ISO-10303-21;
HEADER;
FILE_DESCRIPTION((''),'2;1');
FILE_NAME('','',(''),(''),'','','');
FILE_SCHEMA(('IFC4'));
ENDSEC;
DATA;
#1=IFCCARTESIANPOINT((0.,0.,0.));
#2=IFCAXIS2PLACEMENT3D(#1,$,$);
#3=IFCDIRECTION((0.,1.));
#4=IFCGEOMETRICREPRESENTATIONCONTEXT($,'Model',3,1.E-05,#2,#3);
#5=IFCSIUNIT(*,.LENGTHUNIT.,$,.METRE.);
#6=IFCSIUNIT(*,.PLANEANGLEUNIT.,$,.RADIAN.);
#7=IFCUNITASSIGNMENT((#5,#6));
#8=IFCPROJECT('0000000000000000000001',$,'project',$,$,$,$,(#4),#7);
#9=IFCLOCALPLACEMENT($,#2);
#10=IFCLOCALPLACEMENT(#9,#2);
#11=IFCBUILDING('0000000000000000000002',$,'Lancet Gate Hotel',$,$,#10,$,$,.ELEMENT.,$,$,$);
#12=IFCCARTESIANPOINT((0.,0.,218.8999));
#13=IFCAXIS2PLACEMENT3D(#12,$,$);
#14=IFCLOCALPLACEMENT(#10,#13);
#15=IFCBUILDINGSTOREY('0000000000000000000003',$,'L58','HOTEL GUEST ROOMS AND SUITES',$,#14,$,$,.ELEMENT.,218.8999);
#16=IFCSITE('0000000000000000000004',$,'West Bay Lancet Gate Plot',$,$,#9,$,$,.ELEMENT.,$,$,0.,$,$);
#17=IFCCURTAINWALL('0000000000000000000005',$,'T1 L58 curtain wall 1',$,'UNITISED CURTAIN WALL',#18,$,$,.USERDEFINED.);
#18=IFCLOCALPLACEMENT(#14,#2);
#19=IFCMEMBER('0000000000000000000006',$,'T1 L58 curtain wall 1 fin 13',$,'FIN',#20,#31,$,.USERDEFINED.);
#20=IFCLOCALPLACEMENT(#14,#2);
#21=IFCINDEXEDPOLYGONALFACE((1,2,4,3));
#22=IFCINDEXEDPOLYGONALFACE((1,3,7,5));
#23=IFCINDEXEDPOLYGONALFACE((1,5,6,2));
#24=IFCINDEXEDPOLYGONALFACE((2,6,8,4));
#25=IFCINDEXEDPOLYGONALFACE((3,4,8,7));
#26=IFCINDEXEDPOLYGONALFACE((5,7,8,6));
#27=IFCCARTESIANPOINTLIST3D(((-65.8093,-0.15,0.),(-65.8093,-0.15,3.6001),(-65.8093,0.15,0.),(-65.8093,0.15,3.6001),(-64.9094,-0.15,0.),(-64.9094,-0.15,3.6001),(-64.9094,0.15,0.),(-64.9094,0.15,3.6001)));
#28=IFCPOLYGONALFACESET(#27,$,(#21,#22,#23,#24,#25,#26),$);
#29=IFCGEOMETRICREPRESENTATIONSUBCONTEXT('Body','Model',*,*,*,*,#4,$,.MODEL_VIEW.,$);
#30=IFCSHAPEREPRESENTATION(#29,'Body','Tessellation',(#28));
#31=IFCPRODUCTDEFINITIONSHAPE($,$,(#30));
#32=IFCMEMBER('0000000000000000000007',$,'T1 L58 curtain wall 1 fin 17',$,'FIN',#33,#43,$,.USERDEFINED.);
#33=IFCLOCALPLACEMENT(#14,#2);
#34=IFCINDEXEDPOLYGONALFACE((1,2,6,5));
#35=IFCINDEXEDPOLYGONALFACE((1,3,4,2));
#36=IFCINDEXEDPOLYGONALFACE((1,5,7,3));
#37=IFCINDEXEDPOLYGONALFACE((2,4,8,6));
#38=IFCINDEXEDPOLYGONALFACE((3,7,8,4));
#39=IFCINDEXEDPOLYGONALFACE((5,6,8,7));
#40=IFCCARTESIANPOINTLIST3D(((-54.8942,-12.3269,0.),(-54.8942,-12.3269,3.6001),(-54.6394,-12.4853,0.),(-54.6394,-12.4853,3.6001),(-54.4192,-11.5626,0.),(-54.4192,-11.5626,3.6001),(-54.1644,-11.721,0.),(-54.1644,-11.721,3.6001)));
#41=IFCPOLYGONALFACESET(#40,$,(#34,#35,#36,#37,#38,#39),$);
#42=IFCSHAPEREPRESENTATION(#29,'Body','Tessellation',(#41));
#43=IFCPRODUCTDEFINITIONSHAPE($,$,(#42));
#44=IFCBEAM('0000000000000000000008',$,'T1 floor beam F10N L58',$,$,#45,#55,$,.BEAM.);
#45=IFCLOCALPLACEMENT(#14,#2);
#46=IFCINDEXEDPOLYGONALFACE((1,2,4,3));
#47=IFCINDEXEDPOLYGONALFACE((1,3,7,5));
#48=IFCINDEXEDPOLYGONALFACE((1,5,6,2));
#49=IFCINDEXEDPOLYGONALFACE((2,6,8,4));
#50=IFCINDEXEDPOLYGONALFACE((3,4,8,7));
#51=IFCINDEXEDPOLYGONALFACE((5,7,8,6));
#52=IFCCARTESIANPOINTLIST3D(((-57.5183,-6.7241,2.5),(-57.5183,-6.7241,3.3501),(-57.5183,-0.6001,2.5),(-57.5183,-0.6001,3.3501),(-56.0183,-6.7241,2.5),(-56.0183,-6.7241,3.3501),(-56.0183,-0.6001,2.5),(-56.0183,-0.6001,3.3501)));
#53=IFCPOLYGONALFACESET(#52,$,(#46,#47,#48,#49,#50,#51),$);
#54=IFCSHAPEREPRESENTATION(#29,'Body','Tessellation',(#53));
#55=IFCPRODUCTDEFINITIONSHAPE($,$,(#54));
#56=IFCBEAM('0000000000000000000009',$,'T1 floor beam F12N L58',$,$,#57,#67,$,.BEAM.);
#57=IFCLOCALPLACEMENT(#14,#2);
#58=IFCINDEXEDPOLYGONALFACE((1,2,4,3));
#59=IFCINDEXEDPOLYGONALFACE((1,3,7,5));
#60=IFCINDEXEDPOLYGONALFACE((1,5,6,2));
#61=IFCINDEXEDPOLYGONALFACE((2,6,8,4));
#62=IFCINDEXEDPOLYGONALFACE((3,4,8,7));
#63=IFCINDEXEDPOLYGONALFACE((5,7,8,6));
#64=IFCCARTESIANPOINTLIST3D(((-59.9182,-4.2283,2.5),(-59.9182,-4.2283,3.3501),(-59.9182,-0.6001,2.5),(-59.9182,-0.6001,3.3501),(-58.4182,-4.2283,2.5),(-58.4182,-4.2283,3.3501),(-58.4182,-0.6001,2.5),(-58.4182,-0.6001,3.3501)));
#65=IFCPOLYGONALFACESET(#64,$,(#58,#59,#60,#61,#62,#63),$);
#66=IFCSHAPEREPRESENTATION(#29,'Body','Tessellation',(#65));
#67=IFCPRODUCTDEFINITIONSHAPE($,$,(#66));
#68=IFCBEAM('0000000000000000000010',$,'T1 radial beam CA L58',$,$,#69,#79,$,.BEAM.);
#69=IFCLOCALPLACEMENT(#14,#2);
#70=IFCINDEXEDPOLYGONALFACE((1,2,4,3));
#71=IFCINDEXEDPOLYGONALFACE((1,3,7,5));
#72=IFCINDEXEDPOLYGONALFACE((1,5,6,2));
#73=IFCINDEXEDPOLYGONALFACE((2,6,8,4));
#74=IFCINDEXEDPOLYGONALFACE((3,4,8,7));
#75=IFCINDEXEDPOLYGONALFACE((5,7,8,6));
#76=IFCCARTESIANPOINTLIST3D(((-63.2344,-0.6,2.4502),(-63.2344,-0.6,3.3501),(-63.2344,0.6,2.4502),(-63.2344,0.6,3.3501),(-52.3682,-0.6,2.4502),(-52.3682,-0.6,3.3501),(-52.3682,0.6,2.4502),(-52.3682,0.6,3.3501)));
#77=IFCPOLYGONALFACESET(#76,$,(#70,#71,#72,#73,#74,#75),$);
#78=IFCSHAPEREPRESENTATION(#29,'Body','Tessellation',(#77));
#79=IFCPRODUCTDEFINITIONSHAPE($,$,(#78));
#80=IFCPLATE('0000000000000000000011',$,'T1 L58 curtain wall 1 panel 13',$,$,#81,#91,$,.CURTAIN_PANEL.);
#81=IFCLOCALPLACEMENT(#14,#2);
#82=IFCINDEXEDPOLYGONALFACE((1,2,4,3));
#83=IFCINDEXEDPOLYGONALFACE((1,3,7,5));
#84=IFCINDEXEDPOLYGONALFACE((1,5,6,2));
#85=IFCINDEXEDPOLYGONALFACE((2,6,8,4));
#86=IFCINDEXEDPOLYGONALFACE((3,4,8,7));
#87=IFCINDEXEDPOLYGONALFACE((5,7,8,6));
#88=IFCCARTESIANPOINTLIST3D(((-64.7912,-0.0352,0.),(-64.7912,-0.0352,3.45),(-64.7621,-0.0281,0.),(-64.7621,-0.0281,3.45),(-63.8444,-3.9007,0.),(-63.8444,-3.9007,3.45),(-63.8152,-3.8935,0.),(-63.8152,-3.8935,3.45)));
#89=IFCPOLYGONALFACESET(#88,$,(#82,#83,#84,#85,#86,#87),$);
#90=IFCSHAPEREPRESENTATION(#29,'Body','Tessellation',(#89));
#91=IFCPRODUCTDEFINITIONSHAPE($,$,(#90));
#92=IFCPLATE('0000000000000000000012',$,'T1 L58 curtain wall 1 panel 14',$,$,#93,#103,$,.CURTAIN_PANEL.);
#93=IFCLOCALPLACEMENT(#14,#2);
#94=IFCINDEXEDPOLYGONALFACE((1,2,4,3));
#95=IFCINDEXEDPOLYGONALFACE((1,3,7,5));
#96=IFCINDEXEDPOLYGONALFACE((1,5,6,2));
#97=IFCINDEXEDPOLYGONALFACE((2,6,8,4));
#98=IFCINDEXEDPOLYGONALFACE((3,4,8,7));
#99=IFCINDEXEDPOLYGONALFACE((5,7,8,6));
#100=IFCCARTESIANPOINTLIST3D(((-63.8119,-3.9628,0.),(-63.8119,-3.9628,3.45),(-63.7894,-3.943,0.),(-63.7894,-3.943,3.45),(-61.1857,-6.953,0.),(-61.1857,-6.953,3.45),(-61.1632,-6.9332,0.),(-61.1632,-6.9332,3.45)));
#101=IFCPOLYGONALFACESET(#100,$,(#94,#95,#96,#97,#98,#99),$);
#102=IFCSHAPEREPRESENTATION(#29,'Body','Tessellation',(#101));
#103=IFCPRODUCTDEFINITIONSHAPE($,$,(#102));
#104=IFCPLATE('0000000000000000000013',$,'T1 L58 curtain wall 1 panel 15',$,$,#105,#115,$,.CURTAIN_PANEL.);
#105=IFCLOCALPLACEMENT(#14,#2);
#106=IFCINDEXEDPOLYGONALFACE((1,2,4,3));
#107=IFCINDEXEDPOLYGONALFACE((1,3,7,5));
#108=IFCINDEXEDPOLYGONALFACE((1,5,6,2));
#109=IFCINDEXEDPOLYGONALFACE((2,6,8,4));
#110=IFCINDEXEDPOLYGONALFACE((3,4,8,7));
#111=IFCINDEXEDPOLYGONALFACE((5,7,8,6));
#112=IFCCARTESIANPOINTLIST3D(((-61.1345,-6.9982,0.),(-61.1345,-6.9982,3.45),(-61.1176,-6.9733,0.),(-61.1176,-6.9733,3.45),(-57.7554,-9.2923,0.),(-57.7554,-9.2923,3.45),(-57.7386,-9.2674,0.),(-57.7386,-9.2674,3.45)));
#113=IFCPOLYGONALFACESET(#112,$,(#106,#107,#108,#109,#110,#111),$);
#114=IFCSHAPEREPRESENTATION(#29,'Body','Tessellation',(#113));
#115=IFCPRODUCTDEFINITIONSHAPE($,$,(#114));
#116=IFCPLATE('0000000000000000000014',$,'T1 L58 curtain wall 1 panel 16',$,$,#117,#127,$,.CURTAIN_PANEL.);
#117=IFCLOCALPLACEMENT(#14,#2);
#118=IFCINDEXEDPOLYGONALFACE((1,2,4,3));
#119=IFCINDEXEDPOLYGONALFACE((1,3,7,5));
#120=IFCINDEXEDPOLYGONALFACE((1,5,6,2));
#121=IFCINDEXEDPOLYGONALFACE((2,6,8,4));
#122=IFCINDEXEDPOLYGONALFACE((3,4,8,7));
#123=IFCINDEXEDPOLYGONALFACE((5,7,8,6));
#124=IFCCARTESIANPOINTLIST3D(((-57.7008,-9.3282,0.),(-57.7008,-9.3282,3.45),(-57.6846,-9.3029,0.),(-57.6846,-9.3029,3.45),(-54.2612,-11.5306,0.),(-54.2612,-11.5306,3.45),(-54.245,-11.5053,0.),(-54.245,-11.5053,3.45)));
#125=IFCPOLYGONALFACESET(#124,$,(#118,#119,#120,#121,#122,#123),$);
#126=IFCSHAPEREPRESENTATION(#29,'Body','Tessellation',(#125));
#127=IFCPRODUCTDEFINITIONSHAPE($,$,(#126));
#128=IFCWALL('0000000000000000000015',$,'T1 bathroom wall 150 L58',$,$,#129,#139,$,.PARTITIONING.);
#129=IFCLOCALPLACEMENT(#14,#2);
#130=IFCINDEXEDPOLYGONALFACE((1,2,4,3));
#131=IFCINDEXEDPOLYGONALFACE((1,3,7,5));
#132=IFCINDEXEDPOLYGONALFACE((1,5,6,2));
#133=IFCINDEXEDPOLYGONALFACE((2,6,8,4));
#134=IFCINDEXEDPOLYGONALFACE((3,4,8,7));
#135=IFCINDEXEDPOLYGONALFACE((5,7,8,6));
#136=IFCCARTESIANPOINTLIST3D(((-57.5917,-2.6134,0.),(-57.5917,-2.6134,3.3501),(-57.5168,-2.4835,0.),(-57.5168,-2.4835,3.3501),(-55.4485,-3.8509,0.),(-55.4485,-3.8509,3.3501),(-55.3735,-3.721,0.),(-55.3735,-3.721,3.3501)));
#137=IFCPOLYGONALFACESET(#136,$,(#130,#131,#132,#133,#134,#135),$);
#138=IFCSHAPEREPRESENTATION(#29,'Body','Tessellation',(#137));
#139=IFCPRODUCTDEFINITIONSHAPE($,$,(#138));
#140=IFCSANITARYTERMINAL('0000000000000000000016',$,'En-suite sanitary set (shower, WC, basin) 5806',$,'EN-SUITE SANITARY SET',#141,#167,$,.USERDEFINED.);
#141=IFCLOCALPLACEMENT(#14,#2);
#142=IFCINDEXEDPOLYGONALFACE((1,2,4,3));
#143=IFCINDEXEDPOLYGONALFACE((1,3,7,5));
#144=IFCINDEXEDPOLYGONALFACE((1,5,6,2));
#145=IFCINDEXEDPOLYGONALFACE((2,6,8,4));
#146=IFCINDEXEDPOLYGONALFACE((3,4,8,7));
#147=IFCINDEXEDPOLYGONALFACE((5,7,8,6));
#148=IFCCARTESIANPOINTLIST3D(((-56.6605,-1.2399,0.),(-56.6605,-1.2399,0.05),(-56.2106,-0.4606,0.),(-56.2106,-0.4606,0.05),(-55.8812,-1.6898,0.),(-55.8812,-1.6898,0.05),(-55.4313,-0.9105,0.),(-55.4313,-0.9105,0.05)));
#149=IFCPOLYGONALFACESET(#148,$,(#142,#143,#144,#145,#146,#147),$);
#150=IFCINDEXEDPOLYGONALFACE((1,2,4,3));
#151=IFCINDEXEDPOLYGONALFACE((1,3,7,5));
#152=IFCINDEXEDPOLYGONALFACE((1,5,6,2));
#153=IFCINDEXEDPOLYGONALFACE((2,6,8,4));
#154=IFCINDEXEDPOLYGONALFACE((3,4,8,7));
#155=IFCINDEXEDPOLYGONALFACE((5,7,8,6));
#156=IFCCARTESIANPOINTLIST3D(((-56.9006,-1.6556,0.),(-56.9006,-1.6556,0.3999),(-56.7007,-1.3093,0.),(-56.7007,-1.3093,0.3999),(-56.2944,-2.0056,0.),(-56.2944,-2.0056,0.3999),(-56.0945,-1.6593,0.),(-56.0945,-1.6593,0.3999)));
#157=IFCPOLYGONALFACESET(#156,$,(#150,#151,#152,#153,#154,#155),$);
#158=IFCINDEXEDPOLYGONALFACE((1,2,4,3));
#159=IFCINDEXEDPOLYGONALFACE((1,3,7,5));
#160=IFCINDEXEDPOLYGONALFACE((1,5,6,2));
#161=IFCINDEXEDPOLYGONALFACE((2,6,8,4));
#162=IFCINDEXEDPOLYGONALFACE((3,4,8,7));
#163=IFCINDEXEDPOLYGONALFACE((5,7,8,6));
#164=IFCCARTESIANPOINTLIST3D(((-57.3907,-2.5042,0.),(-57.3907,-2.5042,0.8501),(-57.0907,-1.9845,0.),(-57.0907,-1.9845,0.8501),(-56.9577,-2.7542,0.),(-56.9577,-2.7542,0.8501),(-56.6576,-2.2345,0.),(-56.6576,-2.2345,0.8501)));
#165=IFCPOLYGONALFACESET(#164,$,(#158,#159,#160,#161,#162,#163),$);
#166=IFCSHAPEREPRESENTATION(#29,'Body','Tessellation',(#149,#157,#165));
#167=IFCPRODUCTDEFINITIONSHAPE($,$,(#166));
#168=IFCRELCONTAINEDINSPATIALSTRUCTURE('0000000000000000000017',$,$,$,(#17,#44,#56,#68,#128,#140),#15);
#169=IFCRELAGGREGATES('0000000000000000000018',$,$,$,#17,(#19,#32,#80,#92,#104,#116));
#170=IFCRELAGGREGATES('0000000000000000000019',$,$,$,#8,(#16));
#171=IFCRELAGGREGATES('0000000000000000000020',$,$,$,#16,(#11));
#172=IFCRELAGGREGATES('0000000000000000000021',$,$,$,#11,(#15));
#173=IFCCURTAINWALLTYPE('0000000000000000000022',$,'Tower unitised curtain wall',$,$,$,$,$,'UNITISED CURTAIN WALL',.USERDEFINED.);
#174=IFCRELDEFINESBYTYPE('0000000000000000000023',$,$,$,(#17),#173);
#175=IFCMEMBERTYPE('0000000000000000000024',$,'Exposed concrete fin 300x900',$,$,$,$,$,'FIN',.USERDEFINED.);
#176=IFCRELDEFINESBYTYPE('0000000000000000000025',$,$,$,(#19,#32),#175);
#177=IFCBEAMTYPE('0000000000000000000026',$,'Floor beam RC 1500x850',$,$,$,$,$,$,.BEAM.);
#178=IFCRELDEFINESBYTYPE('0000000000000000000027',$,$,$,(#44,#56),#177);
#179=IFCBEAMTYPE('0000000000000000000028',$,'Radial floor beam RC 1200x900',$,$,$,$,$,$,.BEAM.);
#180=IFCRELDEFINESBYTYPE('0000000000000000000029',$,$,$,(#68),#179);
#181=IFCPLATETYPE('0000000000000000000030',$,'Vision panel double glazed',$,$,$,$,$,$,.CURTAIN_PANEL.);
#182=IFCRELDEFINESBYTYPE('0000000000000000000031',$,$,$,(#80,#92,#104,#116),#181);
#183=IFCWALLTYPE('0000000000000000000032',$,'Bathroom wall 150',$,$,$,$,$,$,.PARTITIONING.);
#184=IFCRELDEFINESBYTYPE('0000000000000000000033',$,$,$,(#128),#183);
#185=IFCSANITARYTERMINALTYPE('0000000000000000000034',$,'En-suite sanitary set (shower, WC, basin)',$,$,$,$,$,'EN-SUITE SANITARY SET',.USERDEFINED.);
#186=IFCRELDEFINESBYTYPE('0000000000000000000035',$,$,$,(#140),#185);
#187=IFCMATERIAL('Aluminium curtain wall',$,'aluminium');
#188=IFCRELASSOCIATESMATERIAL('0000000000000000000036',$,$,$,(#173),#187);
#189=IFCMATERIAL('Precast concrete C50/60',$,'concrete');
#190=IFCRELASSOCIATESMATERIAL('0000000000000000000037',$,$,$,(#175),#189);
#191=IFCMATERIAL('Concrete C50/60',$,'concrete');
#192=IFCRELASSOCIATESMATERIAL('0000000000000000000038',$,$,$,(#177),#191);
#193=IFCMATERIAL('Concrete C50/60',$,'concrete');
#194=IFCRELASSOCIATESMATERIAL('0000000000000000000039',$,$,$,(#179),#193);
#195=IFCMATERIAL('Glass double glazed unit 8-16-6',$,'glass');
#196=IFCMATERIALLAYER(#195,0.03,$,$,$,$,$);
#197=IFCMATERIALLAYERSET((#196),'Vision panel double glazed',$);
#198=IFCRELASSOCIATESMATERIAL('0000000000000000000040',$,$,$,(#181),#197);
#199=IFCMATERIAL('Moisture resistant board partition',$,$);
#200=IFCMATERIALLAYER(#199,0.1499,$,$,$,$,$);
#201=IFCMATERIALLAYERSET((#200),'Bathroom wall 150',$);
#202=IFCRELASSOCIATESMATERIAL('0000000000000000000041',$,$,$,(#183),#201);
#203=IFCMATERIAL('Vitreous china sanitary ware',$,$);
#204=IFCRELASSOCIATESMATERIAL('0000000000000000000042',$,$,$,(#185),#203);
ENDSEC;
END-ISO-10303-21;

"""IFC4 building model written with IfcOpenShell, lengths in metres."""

from ifc_helpers import new_model, si_unit, direction, frame, frame_2d, origin, origin_2d, place, context, subcontext, project, spatial, rectangle, extrude, material, layer, layer_set, material_profile, profile_set, type_object, element, aggregate, save


model = new_model("IFC4")

# Units and contexts
model_context = context("Model", 3, precision=1e-05, world=origin(), true_north=direction((0.0, 1.0)))
body_context = subcontext(model_context, "Body", "Model", "MODEL_VIEW")
ifc_project = project(units=[si_unit("LENGTHUNIT", "METRE"), si_unit("PLANEANGLEUNIT", "RADIAN")], contexts=[model_context])

# Site, building, storey
site_placement = place(None, origin())
site = spatial("IfcSite", under=ifc_project, at=site_placement, Name="West Bay Lancet Gate Plot", CompositionType="ELEMENT", RefElevation=0.0)
building_placement = place(site_placement, origin())
building = spatial("IfcBuilding", under=site, at=building_placement, Name="Lancet Gate Hotel", CompositionType="ELEMENT")
storey_placement = place(building_placement, frame((0.0, 0.0, 218.8999)))
storey = spatial("IfcBuildingStorey", under=building, at=storey_placement, Name="L58", Description="HOTEL GUEST ROOMS AND SUITES", CompositionType="ELEMENT", Elevation=218.8999)

# Curtain wall
ifc_material_1 = material(Name="Aluminium curtain wall", Category="aluminium")
curtain_wall_type = type_object("IfcCurtainWallType", Name="Tower unitised curtain wall", ElementType="UNITISED CURTAIN WALL", PredefinedType="USERDEFINED", material=ifc_material_1)
curtain_wall_placement = place(storey_placement, origin())
curtain_wall = element("IfcCurtainWall", 1, at=curtain_wall_placement, inside=storey, type_object=curtain_wall_type, Name="T1 L58 curtain wall 1", ObjectType="UNITISED CURTAIN WALL", PredefinedType="USERDEFINED")

# Members
ifc_material_2 = material(Name="Precast concrete C50/60", Category="concrete")
ifc_material_profile_1 = material_profile(ifc_material_2, rectangle(XDim=0.3, YDim=0.8999, at=origin_2d()), Name="FIN 300x900")
ifc_profile_set_1 = profile_set([ifc_material_profile_1], Name="Precast concrete C50/60")
member_type_1 = type_object("IfcMemberType", Name="Exposed concrete fin 300x900", ElementType="FIN", PredefinedType="USERDEFINED", material=ifc_profile_set_1)
member_1_placement = place(storey_placement, frame((-65.3594, 0.0, 0.0), z_axis=(0.0, 0.0, 1.0), x_axis=(0.0, -1.0, 0.0)))
member_1 = element("IfcMember", 2, at=member_1_placement, type_object=member_type_1, Name="T1 L58 curtain wall 1 fin 13", ObjectType="FIN", PredefinedType="USERDEFINED", context=body_context, shape_type="SweptSolid", body=[
    extrude(rectangle(XDim=0.3, YDim=0.8999, at=origin_2d()), origin(), (0.0, 0.0, 1.0), 3.6001),
])
member_2_placement = place(storey_placement, frame((-54.5293, -12.0239, 0.0), z_axis=(0.0, 0.0, 1.0), x_axis=(0.849342, -0.527842, 0.0)))
member_2 = element("IfcMember", 3, at=member_2_placement, type_object=member_type_1, Name="T1 L58 curtain wall 1 fin 17", ObjectType="FIN", PredefinedType="USERDEFINED", context=body_context, shape_type="SweptSolid", body=[
    extrude(rectangle(XDim=0.3, YDim=0.8999, at=origin_2d()), origin(), (0.0, 0.0, 1.0), 3.6001),
])

# Beams
ifc_material_3 = material(Name="Concrete C50/60", Category="concrete")
ifc_material_profile_2 = material_profile(ifc_material_3, rectangle(XDim=1.5, YDim=0.8501, at=origin_2d()), Name="RC 1500x850")
ifc_profile_set_2 = profile_set([ifc_material_profile_2], Name="Concrete C50/60")
beam_type_1 = type_object("IfcBeamType", Name="Floor beam RC 1500x850", PredefinedType="BEAM", material=ifc_profile_set_2)
beam_1_placement = place(storey_placement, frame((-56.7683, -0.6001, 2.925), z_axis=(0.0, -1.0, 0.0), x_axis=(1.0, 0.0, 0.0)))
element("IfcBeam", 4, at=beam_1_placement, inside=storey, type_object=beam_type_1, Name="T1 floor beam F10N L58", PredefinedType="BEAM", context=body_context, shape_type="SweptSolid", body=[
    extrude(rectangle(XDim=1.5, YDim=0.8501, at=origin_2d()), origin(), (0.0, 0.0, 1.0), 6.124),
])
beam_2_placement = place(storey_placement, frame((-59.1682, -0.6001, 2.925), z_axis=(0.0, -1.0, 0.0), x_axis=(1.0, 0.0, 0.0)))
element("IfcBeam", 5, at=beam_2_placement, inside=storey, type_object=beam_type_1, Name="T1 floor beam F12N L58", PredefinedType="BEAM", context=body_context, shape_type="SweptSolid", body=[
    extrude(rectangle(XDim=1.5, YDim=0.8501, at=origin_2d()), origin(), (0.0, 0.0, 1.0), 3.6282),
])
ifc_material_4 = material(Name="Concrete C50/60", Category="concrete")
ifc_material_profile_3 = material_profile(ifc_material_4, rectangle(XDim=1.2, YDim=0.8999, at=origin_2d()), Name="RC 1200x900")
ifc_profile_set_3 = profile_set([ifc_material_profile_3], Name="Concrete C50/60")
beam_type_2 = type_object("IfcBeamType", Name="Radial floor beam RC 1200x900", PredefinedType="BEAM", material=ifc_profile_set_3)
beam_3_placement = place(storey_placement, frame((-63.2344, 0.0, 2.9001), z_axis=(1.0, 0.0, 0.0), x_axis=(0.0, 1.0, 0.0)))
element("IfcBeam", 6, at=beam_3_placement, inside=storey, type_object=beam_type_2, Name="T1 radial beam CA L58", PredefinedType="BEAM", context=body_context, shape_type="SweptSolid", body=[
    extrude(rectangle(XDim=1.2, YDim=0.8999, at=origin_2d()), origin(), (0.0, 0.0, 1.0), 10.8662),
])

# Plates
ifc_material_5 = material(Name="Glass double glazed unit 8-16-6", Category="glass")
ifc_layer_1 = layer(ifc_material_5, 0.03)
ifc_layer_set_1 = layer_set([ifc_layer_1], Name="Vision panel double glazed")
plate_type = type_object("IfcPlateType", Name="Vision panel double glazed", PredefinedType="CURTAIN_PANEL", material=ifc_layer_set_1)
plate_1_placement = place(storey_placement, frame((-64.3032, -1.9644, 0.0), z_axis=(0.0, 0.0, 1.0), x_axis=(0.237921, -0.971285, 0.0)))
plate_1 = element("IfcPlate", 7, at=plate_1_placement, type_object=plate_type, Name="T1 L58 curtain wall 1 panel 13", PredefinedType="CURTAIN_PANEL", context=body_context, shape_type="SweptSolid", body=[
    extrude(rectangle(XDim=3.9797, YDim=0.03, at=origin_2d()), origin(), (0.0, 0.0, 1.0), 3.45),
])
plate_2_placement = place(storey_placement, frame((-62.4875, -5.448, 0.0), z_axis=(0.0, 0.0, 1.0), x_axis=(0.659892, -0.751361, 0.0)))
plate_2 = element("IfcPlate", 8, at=plate_2_placement, type_object=plate_type, Name="T1 L58 curtain wall 1 panel 14", PredefinedType="CURTAIN_PANEL", context=body_context, shape_type="SweptSolid", body=[
    extrude(rectangle(XDim=3.9797, YDim=0.03, at=origin_2d()), origin(), (0.0, 0.0, 1.0), 3.45),
])
plate_3_placement = place(storey_placement, frame((-59.4365, -8.1328, 0.0), z_axis=(0.0, 0.0, 1.0), x_axis=(0.827342, -0.561698, 0.0)))
plate_3 = element("IfcPlate", 9, at=plate_3_placement, type_object=plate_type, Name="T1 L58 curtain wall 1 panel 15", PredefinedType="CURTAIN_PANEL", context=body_context, shape_type="SweptSolid", body=[
    extrude(rectangle(XDim=4.0842, YDim=0.03, at=origin_2d()), origin(), (0.0, 0.0, 1.0), 3.45),
])
plate_4_placement = place(storey_placement, frame((-55.9729, -10.4167, 0.0), z_axis=(0.0, 0.0, 1.0), x_axis=(0.842161, -0.539226, 0.0)))
plate_4 = element("IfcPlate", 10, at=plate_4_placement, type_object=plate_type, Name="T1 L58 curtain wall 1 panel 16", PredefinedType="CURTAIN_PANEL", context=body_context, shape_type="SweptSolid", body=[
    extrude(rectangle(XDim=4.0842, YDim=0.03, at=origin_2d()), origin(), (0.0, 0.0, 1.0), 3.45),
])
aggregate(curtain_wall, [member_1, member_2, plate_1, plate_2, plate_3, plate_4])

# Wall
ifc_material_6 = material(Name="Moisture resistant board partition")
ifc_layer_2 = layer(ifc_material_6, 0.1499)
ifc_layer_set_2 = layer_set([ifc_layer_2], Name="Bathroom wall 150")
wall_type = type_object("IfcWallType", Name="Bathroom wall 150", PredefinedType="PARTITIONING", material=ifc_layer_set_2)
wall_placement = place(storey_placement, frame((-55.4111, -3.7859, 0.0), z_axis=(0.0, 0.0, 1.0), x_axis=(-0.866007, 0.500033, 0.0)))
element("IfcWall", 11, at=wall_placement, inside=storey, type_object=wall_type, Name="T1 bathroom wall 150 L58", PredefinedType="PARTITIONING", context=body_context, shape_type="SweptSolid", body=[
    extrude(rectangle(XDim=2.4749, YDim=0.1499, at=frame_2d((1.2373, 0.0))), origin(), (0.0, 0.0, 1.0), 3.3501),
])

# Sanitary terminal
ifc_material_7 = material(Name="Vitreous china sanitary ware")
sanitary_terminal_type = type_object("IfcSanitaryTerminalType", Name="En-suite sanitary set (shower, WC, basin)", ElementType="EN-SUITE SANITARY SET", PredefinedType="USERDEFINED", material=ifc_material_7)
sanitary_terminal_placement = place(storey_placement, frame((-56.0459, -1.0752, 0.0), z_axis=(0.0, 0.0, 1.0), x_axis=(1.0, 0.0, 0.0)))
element("IfcSanitaryTerminal", 12, at=sanitary_terminal_placement, inside=storey, type_object=sanitary_terminal_type, Name="En-suite sanitary set (shower, WC, basin) 5806", ObjectType="EN-SUITE SANITARY SET", PredefinedType="USERDEFINED", context=body_context, shape_type="SweptSolid", body=[
    extrude(rectangle(XDim=0.8999, YDim=0.8999, at=origin_2d()), frame((0.0, 0.0, 0.0), z_axis=(0.0, 0.0, 1.0), x_axis=(0.5, 0.866025, 0.0)), (0.0, 0.0, 1.0), 0.05),
    extrude(rectangle(XDim=0.3999, YDim=0.7, at=origin_2d()), frame((-0.4517, -0.5823, 0.0), z_axis=(0.0, 0.0, 1.0), x_axis=(0.5, 0.866025, 0.0)), (0.0, 0.0, 1.0), 0.3999),
    extrude(rectangle(XDim=0.6001, YDim=0.5, at=origin_2d()), frame((-0.9783, -1.2942, 0.0), z_axis=(0.0, 0.0, 1.0), x_axis=(0.5, 0.866025, 0.0)), (0.0, 0.0, 1.0), 0.8501),
])

save(model, "model.ifc")
